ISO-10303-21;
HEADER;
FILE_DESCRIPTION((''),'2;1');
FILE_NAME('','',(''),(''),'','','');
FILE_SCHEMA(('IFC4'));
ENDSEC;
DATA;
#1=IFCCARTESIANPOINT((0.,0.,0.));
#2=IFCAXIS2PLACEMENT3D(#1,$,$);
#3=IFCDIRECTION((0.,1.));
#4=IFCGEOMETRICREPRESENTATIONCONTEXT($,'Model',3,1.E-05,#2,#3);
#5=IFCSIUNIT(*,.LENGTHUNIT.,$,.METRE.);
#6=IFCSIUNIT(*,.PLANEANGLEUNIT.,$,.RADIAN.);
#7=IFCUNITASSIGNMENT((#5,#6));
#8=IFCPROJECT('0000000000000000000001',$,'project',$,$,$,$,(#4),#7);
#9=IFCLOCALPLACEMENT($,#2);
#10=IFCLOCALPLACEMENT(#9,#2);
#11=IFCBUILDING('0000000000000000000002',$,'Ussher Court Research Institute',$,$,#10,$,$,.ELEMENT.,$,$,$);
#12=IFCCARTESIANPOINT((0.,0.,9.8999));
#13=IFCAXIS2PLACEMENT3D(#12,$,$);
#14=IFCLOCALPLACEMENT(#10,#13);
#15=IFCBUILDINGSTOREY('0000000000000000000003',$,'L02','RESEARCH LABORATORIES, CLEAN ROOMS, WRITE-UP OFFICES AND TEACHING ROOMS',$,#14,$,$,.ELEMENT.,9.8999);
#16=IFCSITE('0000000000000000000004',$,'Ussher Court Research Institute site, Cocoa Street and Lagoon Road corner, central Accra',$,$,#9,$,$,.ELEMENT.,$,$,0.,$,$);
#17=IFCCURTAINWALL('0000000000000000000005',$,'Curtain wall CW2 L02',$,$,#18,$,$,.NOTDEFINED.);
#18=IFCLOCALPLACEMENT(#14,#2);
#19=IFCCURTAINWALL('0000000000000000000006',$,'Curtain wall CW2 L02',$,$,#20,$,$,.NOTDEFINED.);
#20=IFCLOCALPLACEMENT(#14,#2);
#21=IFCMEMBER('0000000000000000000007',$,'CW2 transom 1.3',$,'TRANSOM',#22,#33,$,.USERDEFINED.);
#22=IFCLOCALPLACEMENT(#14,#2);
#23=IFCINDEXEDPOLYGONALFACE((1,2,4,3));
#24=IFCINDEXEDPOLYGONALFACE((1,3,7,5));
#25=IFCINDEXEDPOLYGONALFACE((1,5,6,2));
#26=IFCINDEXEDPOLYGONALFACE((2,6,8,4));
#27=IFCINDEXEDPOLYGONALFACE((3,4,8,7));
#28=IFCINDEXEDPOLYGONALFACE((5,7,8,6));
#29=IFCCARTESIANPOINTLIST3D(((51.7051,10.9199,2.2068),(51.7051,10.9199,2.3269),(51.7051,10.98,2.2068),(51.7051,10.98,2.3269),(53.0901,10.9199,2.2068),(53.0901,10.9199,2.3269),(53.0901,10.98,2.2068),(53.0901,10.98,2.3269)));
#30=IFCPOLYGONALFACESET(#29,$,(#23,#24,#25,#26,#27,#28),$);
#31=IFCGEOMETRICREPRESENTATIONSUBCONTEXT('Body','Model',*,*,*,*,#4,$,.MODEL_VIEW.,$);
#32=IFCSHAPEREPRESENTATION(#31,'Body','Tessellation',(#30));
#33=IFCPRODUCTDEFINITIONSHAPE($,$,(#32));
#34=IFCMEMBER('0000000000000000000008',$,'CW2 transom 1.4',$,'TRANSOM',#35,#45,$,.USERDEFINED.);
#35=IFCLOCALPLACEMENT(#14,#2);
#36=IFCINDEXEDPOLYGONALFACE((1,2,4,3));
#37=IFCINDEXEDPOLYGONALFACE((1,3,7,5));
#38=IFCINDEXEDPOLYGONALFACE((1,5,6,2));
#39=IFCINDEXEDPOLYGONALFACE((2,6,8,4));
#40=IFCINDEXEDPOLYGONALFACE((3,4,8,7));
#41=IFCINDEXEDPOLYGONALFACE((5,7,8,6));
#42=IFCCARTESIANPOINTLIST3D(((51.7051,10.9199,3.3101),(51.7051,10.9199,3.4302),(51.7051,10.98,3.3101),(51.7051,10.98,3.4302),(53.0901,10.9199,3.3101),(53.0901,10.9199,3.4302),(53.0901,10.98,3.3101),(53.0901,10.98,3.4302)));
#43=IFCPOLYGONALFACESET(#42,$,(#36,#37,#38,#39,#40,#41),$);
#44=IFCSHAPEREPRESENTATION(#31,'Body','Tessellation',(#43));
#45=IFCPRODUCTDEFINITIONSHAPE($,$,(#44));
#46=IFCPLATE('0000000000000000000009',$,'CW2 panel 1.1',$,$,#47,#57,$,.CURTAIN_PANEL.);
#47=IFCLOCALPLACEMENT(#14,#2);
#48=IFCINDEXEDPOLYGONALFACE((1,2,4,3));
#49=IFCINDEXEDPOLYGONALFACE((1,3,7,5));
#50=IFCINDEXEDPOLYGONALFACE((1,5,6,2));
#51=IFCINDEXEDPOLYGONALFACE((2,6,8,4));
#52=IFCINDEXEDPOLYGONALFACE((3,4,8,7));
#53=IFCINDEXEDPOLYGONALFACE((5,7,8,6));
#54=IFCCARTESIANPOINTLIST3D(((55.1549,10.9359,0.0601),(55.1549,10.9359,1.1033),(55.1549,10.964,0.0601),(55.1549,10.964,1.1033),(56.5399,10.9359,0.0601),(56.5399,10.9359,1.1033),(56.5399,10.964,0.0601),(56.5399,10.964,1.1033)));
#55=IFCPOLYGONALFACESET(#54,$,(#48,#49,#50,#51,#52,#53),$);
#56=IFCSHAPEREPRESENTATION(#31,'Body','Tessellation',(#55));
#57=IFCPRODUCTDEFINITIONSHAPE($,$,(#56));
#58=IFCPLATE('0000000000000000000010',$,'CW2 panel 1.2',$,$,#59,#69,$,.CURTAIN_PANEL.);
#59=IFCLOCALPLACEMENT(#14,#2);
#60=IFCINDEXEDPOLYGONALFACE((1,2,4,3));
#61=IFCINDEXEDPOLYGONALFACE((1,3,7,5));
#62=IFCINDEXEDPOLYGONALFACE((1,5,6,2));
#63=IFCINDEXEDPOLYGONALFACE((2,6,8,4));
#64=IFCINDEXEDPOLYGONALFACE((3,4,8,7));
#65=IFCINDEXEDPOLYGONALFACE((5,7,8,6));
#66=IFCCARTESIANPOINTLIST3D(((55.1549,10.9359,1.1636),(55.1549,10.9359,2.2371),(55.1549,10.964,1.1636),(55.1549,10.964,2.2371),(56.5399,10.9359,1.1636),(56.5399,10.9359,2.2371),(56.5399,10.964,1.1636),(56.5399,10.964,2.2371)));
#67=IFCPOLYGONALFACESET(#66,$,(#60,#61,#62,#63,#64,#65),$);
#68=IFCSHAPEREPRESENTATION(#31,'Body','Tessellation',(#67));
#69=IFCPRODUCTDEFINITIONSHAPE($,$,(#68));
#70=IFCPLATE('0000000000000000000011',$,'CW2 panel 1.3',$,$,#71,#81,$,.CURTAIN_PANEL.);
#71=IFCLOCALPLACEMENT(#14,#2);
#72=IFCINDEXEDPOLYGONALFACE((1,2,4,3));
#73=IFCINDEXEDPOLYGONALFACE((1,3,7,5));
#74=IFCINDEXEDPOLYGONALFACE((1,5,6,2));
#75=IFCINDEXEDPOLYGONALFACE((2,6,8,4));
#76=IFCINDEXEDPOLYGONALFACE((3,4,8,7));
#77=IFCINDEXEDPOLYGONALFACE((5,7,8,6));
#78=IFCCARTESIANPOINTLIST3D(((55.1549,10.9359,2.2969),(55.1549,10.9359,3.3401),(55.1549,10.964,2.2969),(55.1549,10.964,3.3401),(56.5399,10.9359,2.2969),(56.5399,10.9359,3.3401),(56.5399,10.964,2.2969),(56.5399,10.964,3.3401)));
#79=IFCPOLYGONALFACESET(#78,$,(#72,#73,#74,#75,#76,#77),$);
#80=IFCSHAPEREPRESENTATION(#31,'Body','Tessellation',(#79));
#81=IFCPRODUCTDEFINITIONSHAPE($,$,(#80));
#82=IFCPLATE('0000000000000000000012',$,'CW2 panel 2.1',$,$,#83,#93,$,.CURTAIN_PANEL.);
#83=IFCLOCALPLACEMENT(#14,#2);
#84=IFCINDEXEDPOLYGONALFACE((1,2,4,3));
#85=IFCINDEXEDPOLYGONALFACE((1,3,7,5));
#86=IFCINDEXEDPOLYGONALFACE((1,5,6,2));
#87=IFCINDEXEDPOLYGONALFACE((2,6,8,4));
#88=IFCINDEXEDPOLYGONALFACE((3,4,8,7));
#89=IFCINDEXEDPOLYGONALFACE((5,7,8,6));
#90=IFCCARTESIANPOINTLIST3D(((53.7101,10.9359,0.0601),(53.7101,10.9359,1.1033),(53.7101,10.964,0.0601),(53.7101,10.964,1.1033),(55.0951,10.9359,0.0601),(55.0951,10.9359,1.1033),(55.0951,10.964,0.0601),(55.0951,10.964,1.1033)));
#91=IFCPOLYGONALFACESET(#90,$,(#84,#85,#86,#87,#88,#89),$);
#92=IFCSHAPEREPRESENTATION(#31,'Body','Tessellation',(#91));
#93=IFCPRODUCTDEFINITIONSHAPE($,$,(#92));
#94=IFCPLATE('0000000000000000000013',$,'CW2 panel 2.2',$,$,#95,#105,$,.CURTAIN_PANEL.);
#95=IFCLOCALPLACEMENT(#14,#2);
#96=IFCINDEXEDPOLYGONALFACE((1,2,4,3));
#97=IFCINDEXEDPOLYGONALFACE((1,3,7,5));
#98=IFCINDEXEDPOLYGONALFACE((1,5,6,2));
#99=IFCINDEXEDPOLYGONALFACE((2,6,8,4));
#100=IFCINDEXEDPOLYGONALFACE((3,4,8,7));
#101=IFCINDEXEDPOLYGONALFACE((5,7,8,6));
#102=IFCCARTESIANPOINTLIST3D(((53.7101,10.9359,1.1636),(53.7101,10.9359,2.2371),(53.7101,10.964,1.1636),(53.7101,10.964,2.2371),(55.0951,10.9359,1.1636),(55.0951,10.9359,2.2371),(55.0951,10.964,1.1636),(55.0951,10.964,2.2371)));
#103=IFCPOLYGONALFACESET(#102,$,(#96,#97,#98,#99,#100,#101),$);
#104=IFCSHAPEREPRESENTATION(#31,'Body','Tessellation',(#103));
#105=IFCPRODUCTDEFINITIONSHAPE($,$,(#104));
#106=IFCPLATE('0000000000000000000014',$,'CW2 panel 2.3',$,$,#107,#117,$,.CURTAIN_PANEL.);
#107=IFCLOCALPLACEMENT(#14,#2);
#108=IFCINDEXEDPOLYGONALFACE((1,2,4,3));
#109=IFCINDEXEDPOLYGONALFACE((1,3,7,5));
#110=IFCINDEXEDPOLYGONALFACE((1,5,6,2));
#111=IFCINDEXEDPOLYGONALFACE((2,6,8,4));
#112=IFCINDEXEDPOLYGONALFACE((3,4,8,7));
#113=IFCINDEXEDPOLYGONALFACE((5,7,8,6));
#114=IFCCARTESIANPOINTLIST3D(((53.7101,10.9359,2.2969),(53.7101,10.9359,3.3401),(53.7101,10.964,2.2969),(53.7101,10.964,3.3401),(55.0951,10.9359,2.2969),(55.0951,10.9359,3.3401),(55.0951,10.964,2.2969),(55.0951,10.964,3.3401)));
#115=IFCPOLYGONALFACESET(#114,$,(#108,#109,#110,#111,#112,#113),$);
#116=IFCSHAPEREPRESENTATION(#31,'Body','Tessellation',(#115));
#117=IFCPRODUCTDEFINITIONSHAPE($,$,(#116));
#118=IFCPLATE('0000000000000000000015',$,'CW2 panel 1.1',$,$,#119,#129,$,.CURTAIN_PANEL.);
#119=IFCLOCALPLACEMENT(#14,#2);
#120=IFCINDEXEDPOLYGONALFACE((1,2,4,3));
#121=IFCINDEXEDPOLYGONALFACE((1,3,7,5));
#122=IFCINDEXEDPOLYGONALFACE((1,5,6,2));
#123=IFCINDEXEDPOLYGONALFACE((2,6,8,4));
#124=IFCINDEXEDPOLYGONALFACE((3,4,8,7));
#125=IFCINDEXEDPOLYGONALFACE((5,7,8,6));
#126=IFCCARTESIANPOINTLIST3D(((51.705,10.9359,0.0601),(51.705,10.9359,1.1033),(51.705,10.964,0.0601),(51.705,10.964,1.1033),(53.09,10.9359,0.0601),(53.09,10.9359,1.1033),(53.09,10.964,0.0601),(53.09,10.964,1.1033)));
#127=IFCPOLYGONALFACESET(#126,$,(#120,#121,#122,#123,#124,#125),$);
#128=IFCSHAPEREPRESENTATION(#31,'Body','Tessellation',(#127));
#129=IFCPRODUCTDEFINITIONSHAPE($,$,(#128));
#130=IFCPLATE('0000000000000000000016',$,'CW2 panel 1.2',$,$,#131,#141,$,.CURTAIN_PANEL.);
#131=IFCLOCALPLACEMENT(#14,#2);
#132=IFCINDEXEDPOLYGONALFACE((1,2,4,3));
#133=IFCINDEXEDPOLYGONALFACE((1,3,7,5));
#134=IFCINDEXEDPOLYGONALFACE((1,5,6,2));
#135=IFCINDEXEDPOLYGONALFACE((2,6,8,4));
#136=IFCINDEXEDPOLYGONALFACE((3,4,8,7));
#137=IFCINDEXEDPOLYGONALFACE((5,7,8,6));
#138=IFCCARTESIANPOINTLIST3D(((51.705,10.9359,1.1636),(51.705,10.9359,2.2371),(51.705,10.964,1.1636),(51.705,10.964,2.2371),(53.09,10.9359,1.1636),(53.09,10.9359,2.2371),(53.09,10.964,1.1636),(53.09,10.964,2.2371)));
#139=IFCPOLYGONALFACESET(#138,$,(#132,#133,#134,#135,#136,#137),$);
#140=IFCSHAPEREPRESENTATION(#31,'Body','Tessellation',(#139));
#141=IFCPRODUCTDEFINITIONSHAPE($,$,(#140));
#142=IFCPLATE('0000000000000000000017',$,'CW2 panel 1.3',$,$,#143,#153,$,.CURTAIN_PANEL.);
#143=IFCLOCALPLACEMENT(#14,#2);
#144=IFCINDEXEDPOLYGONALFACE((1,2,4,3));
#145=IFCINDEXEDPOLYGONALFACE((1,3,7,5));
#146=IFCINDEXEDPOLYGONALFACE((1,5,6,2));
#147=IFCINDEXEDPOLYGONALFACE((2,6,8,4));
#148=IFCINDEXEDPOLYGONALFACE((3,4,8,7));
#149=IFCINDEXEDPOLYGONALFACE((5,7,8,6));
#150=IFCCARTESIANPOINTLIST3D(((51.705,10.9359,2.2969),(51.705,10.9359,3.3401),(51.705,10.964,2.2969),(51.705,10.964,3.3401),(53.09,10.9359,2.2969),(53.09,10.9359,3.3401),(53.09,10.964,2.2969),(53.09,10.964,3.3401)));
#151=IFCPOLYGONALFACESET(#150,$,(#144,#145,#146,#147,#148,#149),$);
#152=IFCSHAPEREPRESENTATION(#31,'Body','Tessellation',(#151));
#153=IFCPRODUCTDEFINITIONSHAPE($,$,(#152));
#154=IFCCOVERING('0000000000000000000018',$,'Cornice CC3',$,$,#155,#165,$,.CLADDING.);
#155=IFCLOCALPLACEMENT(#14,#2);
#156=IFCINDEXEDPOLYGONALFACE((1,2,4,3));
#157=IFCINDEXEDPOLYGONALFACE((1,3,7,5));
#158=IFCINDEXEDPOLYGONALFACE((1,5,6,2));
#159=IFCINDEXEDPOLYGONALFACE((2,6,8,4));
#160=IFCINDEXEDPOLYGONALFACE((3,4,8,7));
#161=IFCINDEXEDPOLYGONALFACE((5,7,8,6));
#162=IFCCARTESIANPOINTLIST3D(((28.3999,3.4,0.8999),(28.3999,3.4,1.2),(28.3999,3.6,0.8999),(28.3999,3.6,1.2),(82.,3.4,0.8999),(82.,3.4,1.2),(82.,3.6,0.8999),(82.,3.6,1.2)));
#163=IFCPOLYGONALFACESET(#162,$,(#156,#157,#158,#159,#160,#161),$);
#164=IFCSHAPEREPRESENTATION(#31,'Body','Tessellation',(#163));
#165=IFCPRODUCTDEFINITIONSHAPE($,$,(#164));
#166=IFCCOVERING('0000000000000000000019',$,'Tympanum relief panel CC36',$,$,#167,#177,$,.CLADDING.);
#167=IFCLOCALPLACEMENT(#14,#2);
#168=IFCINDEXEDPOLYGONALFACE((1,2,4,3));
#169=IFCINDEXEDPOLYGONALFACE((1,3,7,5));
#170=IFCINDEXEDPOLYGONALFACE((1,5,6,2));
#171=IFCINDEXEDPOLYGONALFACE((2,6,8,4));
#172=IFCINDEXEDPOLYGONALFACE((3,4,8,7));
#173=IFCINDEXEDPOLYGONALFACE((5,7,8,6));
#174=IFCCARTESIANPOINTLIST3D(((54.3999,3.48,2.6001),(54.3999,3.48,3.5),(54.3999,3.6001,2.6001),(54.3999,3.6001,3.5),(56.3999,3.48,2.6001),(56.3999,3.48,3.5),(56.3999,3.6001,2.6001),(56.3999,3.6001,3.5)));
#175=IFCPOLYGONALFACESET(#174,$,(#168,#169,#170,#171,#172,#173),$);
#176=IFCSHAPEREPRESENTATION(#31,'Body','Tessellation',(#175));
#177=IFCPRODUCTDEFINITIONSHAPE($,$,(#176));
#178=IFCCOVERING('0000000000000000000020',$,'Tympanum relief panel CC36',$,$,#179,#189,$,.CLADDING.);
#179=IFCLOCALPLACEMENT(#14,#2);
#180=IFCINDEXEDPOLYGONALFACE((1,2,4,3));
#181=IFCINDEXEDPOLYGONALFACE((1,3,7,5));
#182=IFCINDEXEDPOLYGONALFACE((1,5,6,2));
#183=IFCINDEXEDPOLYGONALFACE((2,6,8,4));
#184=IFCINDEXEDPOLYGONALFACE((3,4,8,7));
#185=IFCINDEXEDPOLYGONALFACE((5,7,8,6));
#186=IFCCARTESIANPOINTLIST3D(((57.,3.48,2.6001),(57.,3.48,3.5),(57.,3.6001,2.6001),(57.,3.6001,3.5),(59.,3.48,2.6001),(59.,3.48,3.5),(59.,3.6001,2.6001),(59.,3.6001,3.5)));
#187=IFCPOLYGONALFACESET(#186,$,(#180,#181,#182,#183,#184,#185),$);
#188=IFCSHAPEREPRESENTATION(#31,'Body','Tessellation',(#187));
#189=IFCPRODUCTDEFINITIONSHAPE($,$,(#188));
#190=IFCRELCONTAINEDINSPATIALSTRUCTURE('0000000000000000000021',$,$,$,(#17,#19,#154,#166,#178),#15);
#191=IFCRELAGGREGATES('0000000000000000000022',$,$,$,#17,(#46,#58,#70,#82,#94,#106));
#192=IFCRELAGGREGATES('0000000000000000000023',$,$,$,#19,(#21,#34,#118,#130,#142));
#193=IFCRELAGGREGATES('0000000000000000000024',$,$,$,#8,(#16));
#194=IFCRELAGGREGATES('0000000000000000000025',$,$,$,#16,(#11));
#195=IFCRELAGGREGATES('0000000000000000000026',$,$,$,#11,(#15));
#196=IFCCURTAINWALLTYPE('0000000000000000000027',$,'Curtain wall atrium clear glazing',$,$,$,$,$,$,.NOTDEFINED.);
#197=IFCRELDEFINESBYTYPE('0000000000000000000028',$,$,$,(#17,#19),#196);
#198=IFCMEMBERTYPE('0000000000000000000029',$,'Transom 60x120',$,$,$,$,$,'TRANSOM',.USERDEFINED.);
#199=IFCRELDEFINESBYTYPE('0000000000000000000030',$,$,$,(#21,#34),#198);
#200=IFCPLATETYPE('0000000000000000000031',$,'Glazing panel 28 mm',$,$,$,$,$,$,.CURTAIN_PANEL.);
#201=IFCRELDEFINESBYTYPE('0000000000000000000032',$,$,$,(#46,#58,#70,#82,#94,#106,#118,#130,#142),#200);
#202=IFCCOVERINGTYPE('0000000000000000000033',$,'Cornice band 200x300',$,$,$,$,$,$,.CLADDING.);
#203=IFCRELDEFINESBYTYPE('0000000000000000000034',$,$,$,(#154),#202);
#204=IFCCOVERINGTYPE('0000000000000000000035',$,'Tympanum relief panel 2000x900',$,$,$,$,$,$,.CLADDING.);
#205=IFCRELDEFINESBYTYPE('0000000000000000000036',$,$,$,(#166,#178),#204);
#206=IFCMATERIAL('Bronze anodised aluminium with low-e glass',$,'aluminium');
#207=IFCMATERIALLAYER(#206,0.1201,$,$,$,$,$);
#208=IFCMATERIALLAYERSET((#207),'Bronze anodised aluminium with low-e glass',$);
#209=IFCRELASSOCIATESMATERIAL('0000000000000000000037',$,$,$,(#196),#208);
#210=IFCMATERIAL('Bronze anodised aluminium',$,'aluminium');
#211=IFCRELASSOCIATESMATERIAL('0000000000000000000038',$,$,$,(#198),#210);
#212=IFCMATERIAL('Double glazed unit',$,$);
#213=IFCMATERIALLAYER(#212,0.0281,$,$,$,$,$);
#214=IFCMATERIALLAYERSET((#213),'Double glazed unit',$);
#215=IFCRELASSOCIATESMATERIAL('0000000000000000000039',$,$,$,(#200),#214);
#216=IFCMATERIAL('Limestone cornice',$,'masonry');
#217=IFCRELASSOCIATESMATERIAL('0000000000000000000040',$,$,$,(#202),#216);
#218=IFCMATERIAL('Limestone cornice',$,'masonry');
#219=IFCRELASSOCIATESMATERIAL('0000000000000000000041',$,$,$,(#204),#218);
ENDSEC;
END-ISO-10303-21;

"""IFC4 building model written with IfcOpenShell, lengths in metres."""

from ifc_helpers import new_model, si_unit, direction, frame, origin, origin_2d, place, context, subcontext, project, spatial, rectangle, extrude, material, layer, layer_set, material_profile, profile_set, type_object, element, aggregate, save


model = new_model("IFC4")

# Units and contexts
model_context = context("Model", 3, precision=1e-05, world=origin(), true_north=direction((0.0, 1.0)))
body_context = subcontext(model_context, "Body", "Model", "MODEL_VIEW")
ifc_project = project(units=[si_unit("LENGTHUNIT", "METRE"), si_unit("PLANEANGLEUNIT", "RADIAN")], contexts=[model_context])

# Site, building, storey
site_placement = place(None, origin())
site = spatial("IfcSite", under=ifc_project, at=site_placement, Name="Ussher Court Research Institute site, Cocoa Street and Lagoon Road corner, central Accra", CompositionType="ELEMENT", RefElevation=0.0)
building_placement = place(site_placement, origin())
building = spatial("IfcBuilding", under=site, at=building_placement, Name="Ussher Court Research Institute", CompositionType="ELEMENT")
storey_placement = place(building_placement, frame((0.0, 0.0, 9.8999)))
storey = spatial("IfcBuildingStorey", under=building, at=storey_placement, Name="L02", Description="RESEARCH LABORATORIES, CLEAN ROOMS, WRITE-UP OFFICES AND TEACHING ROOMS", CompositionType="ELEMENT", Elevation=9.8999)

# Curtain wall
ifc_material_1 = material(Name="Bronze anodised aluminium with low-e glass", Category="aluminium")
ifc_layer_1 = layer(ifc_material_1, 0.1201)
ifc_layer_set_1 = layer_set([ifc_layer_1], Name="Bronze anodised aluminium with low-e glass")
curtain_wall_type = type_object("IfcCurtainWallType", Name="Curtain wall atrium clear glazing", PredefinedType="NOTDEFINED", material=ifc_layer_set_1)
curtain_wall_1_placement = place(storey_placement, origin())
curtain_wall_1 = element("IfcCurtainWall", 1, at=curtain_wall_1_placement, inside=storey, type_object=curtain_wall_type, Name="Curtain wall CW2 L02", PredefinedType="NOTDEFINED")

# Curtain wall
curtain_wall_2_placement = place(storey_placement, origin())
curtain_wall_2 = element("IfcCurtainWall", 2, at=curtain_wall_2_placement, inside=storey, type_object=curtain_wall_type, Name="Curtain wall CW2 L02", PredefinedType="NOTDEFINED")

# Members
ifc_material_2 = material(Name="Bronze anodised aluminium", Category="aluminium")
ifc_material_profile_1 = material_profile(ifc_material_2, rectangle(XDim=0.0601, YDim=0.1201, at=origin_2d()), Name="Transom 60x120")
ifc_profile_set_1 = profile_set([ifc_material_profile_1], Name="Bronze anodised aluminium")
member_type_1 = type_object("IfcMemberType", Name="Transom 60x120", ElementType="TRANSOM", PredefinedType="USERDEFINED", material=ifc_profile_set_1)
member_1_placement = place(storey_placement, frame((53.0901, 10.95, 2.2668), z_axis=(-1.0, 0.0, 0.0), x_axis=(0.0, -1.0, 0.0)))
member_1 = element("IfcMember", 3, at=member_1_placement, type_object=member_type_1, Name="CW2 transom 1.3", ObjectType="TRANSOM", PredefinedType="USERDEFINED", context=body_context, shape_type="SweptSolid", body=[
    extrude(rectangle(XDim=0.0601, YDim=0.1201, at=origin_2d()), origin(), (0.0, 0.0, 1.0), 1.385),
])
member_2_placement = place(storey_placement, frame((53.0901, 10.95, 3.3701), z_axis=(-1.0, 0.0, 0.0), x_axis=(0.0, -1.0, 0.0)))
member_2 = element("IfcMember", 4, at=member_2_placement, type_object=member_type_1, Name="CW2 transom 1.4", ObjectType="TRANSOM", PredefinedType="USERDEFINED", context=body_context, shape_type="SweptSolid", body=[
    extrude(rectangle(XDim=0.0601, YDim=0.1201, at=origin_2d()), origin(), (0.0, 0.0, 1.0), 1.385),
])

# Plates
ifc_material_3 = material(Name="Double glazed unit")
ifc_layer_2 = layer(ifc_material_3, 0.0281)
ifc_layer_set_2 = layer_set([ifc_layer_2], Name="Double glazed unit")
plate_type = type_object("IfcPlateType", Name="Glazing panel 28 mm", PredefinedType="CURTAIN_PANEL", material=ifc_layer_set_2)
plate_1_placement = place(storey_placement, frame((55.8474, 10.95, 0.0601), z_axis=(0.0, 0.0, 1.0), x_axis=(-1.0, 0.0, 0.0)))
plate_1 = element("IfcPlate", 5, at=plate_1_placement, type_object=plate_type, Name="CW2 panel 1.1", PredefinedType="CURTAIN_PANEL", context=body_context, shape_type="SweptSolid", body=[
    extrude(rectangle(XDim=1.385, YDim=0.0281, at=origin_2d()), origin(), (0.0, 0.0, 1.0), 1.0432),
])
plate_2_placement = place(storey_placement, frame((55.8474, 10.95, 1.1636), z_axis=(0.0, 0.0, 1.0), x_axis=(-1.0, 0.0, 0.0)))
plate_2 = element("IfcPlate", 6, at=plate_2_placement, type_object=plate_type, Name="CW2 panel 1.2", PredefinedType="CURTAIN_PANEL", context=body_context, shape_type="SweptSolid", body=[
    extrude(rectangle(XDim=1.385, YDim=0.0281, at=origin_2d()), origin(), (0.0, 0.0, 1.0), 1.0735),
])
plate_3_placement = place(storey_placement, frame((55.8474, 10.95, 2.2969), z_axis=(0.0, 0.0, 1.0), x_axis=(-1.0, 0.0, 0.0)))
plate_3 = element("IfcPlate", 7, at=plate_3_placement, type_object=plate_type, Name="CW2 panel 1.3", PredefinedType="CURTAIN_PANEL", context=body_context, shape_type="SweptSolid", body=[
    extrude(rectangle(XDim=1.385, YDim=0.0281, at=origin_2d()), origin(), (0.0, 0.0, 1.0), 1.0432),
])
plate_4_placement = place(storey_placement, frame((54.4026, 10.95, 0.0601), z_axis=(0.0, 0.0, 1.0), x_axis=(-1.0, 0.0, 0.0)))
plate_4 = element("IfcPlate", 8, at=plate_4_placement, type_object=plate_type, Name="CW2 panel 2.1", PredefinedType="CURTAIN_PANEL", context=body_context, shape_type="SweptSolid", body=[
    extrude(rectangle(XDim=1.385, YDim=0.0281, at=origin_2d()), origin(), (0.0, 0.0, 1.0), 1.0432),
])
plate_5_placement = place(storey_placement, frame((54.4026, 10.95, 1.1636), z_axis=(0.0, 0.0, 1.0), x_axis=(-1.0, 0.0, 0.0)))
plate_5 = element("IfcPlate", 9, at=plate_5_placement, type_object=plate_type, Name="CW2 panel 2.2", PredefinedType="CURTAIN_PANEL", context=body_context, shape_type="SweptSolid", body=[
    extrude(rectangle(XDim=1.385, YDim=0.0281, at=origin_2d()), origin(), (0.0, 0.0, 1.0), 1.0735),
])
plate_6_placement = place(storey_placement, frame((54.4026, 10.95, 2.2969), z_axis=(0.0, 0.0, 1.0), x_axis=(-1.0, 0.0, 0.0)))
plate_6 = element("IfcPlate", 10, at=plate_6_placement, type_object=plate_type, Name="CW2 panel 2.3", PredefinedType="CURTAIN_PANEL", context=body_context, shape_type="SweptSolid", body=[
    extrude(rectangle(XDim=1.385, YDim=0.0281, at=origin_2d()), origin(), (0.0, 0.0, 1.0), 1.0432),
])
aggregate(curtain_wall_1, [plate_1, plate_2, plate_3, plate_4, plate_5, plate_6])
plate_7_placement = place(storey_placement, frame((52.3975, 10.95, 0.0601), z_axis=(0.0, 0.0, 1.0), x_axis=(-1.0, 0.0, 0.0)))
plate_7 = element("IfcPlate", 11, at=plate_7_placement, type_object=plate_type, Name="CW2 panel 1.1", PredefinedType="CURTAIN_PANEL", context=body_context, shape_type="SweptSolid", body=[
    extrude(rectangle(XDim=1.385, YDim=0.0281, at=origin_2d()), origin(), (0.0, 0.0, 1.0), 1.0432),
])
plate_8_placement = place(storey_placement, frame((52.3975, 10.95, 1.1636), z_axis=(0.0, 0.0, 1.0), x_axis=(-1.0, 0.0, 0.0)))
plate_8 = element("IfcPlate", 12, at=plate_8_placement, type_object=plate_type, Name="CW2 panel 1.2", PredefinedType="CURTAIN_PANEL", context=body_context, shape_type="SweptSolid", body=[
    extrude(rectangle(XDim=1.385, YDim=0.0281, at=origin_2d()), origin(), (0.0, 0.0, 1.0), 1.0735),
])
plate_9_placement = place(storey_placement, frame((52.3975, 10.95, 2.2969), z_axis=(0.0, 0.0, 1.0), x_axis=(-1.0, 0.0, 0.0)))
plate_9 = element("IfcPlate", 13, at=plate_9_placement, type_object=plate_type, Name="CW2 panel 1.3", PredefinedType="CURTAIN_PANEL", context=body_context, shape_type="SweptSolid", body=[
    extrude(rectangle(XDim=1.385, YDim=0.0281, at=origin_2d()), origin(), (0.0, 0.0, 1.0), 1.0432),
])
aggregate(curtain_wall_2, [member_1, member_2, plate_7, plate_8, plate_9])

# Coverings
ifc_material_4 = material(Name="Limestone cornice", Category="masonry")
covering_type_1 = type_object("IfcCoveringType", Name="Cornice band 200x300", PredefinedType="CLADDING", material=ifc_material_4)
covering_placement = place(storey_placement, frame((55.2, 3.5, 0.8999), z_axis=(0.0, 0.0, 1.0), x_axis=(1.0, 0.0, 0.0)))
element("IfcCovering", 14, at=covering_placement, inside=storey, type_object=covering_type_1, Name="Cornice CC3", PredefinedType="CLADDING", context=body_context, shape_type="SweptSolid", body=[
    extrude(rectangle(XDim=53.6001, YDim=0.2, at=origin_2d()), origin(), (0.0, 0.0, 1.0), 0.3),
])
ifc_material_5 = material(Name="Limestone cornice", Category="masonry")
covering_type_2 = type_object("IfcCoveringType", Name="Tympanum relief panel 2000x900", PredefinedType="CLADDING", material=ifc_material_5)
for number, where, z_axis, x_axis, name in (
    (15, (55.3999, 3.54, 2.6001), (0.0, 0.0, 1.0), (1.0, 0.0, 0.0), "Tympanum relief panel CC36"),
    (16, (58.0, 3.54, 2.6001), (0.0, 0.0, 1.0), (1.0, 0.0, 0.0), "Tympanum relief panel CC36"),
):
    element("IfcCovering", number, at=place(storey_placement, frame(where, z_axis=z_axis, x_axis=x_axis)), inside=storey, type_object=covering_type_2, Name=name, PredefinedType="CLADDING", context=body_context, shape_type="SweptSolid", body=[
        extrude(rectangle(XDim=2.0, YDim=0.1201, at=origin_2d()), origin(), (0.0, 0.0, 1.0), 0.8999),
    ])

save(model, "model.ifc")
